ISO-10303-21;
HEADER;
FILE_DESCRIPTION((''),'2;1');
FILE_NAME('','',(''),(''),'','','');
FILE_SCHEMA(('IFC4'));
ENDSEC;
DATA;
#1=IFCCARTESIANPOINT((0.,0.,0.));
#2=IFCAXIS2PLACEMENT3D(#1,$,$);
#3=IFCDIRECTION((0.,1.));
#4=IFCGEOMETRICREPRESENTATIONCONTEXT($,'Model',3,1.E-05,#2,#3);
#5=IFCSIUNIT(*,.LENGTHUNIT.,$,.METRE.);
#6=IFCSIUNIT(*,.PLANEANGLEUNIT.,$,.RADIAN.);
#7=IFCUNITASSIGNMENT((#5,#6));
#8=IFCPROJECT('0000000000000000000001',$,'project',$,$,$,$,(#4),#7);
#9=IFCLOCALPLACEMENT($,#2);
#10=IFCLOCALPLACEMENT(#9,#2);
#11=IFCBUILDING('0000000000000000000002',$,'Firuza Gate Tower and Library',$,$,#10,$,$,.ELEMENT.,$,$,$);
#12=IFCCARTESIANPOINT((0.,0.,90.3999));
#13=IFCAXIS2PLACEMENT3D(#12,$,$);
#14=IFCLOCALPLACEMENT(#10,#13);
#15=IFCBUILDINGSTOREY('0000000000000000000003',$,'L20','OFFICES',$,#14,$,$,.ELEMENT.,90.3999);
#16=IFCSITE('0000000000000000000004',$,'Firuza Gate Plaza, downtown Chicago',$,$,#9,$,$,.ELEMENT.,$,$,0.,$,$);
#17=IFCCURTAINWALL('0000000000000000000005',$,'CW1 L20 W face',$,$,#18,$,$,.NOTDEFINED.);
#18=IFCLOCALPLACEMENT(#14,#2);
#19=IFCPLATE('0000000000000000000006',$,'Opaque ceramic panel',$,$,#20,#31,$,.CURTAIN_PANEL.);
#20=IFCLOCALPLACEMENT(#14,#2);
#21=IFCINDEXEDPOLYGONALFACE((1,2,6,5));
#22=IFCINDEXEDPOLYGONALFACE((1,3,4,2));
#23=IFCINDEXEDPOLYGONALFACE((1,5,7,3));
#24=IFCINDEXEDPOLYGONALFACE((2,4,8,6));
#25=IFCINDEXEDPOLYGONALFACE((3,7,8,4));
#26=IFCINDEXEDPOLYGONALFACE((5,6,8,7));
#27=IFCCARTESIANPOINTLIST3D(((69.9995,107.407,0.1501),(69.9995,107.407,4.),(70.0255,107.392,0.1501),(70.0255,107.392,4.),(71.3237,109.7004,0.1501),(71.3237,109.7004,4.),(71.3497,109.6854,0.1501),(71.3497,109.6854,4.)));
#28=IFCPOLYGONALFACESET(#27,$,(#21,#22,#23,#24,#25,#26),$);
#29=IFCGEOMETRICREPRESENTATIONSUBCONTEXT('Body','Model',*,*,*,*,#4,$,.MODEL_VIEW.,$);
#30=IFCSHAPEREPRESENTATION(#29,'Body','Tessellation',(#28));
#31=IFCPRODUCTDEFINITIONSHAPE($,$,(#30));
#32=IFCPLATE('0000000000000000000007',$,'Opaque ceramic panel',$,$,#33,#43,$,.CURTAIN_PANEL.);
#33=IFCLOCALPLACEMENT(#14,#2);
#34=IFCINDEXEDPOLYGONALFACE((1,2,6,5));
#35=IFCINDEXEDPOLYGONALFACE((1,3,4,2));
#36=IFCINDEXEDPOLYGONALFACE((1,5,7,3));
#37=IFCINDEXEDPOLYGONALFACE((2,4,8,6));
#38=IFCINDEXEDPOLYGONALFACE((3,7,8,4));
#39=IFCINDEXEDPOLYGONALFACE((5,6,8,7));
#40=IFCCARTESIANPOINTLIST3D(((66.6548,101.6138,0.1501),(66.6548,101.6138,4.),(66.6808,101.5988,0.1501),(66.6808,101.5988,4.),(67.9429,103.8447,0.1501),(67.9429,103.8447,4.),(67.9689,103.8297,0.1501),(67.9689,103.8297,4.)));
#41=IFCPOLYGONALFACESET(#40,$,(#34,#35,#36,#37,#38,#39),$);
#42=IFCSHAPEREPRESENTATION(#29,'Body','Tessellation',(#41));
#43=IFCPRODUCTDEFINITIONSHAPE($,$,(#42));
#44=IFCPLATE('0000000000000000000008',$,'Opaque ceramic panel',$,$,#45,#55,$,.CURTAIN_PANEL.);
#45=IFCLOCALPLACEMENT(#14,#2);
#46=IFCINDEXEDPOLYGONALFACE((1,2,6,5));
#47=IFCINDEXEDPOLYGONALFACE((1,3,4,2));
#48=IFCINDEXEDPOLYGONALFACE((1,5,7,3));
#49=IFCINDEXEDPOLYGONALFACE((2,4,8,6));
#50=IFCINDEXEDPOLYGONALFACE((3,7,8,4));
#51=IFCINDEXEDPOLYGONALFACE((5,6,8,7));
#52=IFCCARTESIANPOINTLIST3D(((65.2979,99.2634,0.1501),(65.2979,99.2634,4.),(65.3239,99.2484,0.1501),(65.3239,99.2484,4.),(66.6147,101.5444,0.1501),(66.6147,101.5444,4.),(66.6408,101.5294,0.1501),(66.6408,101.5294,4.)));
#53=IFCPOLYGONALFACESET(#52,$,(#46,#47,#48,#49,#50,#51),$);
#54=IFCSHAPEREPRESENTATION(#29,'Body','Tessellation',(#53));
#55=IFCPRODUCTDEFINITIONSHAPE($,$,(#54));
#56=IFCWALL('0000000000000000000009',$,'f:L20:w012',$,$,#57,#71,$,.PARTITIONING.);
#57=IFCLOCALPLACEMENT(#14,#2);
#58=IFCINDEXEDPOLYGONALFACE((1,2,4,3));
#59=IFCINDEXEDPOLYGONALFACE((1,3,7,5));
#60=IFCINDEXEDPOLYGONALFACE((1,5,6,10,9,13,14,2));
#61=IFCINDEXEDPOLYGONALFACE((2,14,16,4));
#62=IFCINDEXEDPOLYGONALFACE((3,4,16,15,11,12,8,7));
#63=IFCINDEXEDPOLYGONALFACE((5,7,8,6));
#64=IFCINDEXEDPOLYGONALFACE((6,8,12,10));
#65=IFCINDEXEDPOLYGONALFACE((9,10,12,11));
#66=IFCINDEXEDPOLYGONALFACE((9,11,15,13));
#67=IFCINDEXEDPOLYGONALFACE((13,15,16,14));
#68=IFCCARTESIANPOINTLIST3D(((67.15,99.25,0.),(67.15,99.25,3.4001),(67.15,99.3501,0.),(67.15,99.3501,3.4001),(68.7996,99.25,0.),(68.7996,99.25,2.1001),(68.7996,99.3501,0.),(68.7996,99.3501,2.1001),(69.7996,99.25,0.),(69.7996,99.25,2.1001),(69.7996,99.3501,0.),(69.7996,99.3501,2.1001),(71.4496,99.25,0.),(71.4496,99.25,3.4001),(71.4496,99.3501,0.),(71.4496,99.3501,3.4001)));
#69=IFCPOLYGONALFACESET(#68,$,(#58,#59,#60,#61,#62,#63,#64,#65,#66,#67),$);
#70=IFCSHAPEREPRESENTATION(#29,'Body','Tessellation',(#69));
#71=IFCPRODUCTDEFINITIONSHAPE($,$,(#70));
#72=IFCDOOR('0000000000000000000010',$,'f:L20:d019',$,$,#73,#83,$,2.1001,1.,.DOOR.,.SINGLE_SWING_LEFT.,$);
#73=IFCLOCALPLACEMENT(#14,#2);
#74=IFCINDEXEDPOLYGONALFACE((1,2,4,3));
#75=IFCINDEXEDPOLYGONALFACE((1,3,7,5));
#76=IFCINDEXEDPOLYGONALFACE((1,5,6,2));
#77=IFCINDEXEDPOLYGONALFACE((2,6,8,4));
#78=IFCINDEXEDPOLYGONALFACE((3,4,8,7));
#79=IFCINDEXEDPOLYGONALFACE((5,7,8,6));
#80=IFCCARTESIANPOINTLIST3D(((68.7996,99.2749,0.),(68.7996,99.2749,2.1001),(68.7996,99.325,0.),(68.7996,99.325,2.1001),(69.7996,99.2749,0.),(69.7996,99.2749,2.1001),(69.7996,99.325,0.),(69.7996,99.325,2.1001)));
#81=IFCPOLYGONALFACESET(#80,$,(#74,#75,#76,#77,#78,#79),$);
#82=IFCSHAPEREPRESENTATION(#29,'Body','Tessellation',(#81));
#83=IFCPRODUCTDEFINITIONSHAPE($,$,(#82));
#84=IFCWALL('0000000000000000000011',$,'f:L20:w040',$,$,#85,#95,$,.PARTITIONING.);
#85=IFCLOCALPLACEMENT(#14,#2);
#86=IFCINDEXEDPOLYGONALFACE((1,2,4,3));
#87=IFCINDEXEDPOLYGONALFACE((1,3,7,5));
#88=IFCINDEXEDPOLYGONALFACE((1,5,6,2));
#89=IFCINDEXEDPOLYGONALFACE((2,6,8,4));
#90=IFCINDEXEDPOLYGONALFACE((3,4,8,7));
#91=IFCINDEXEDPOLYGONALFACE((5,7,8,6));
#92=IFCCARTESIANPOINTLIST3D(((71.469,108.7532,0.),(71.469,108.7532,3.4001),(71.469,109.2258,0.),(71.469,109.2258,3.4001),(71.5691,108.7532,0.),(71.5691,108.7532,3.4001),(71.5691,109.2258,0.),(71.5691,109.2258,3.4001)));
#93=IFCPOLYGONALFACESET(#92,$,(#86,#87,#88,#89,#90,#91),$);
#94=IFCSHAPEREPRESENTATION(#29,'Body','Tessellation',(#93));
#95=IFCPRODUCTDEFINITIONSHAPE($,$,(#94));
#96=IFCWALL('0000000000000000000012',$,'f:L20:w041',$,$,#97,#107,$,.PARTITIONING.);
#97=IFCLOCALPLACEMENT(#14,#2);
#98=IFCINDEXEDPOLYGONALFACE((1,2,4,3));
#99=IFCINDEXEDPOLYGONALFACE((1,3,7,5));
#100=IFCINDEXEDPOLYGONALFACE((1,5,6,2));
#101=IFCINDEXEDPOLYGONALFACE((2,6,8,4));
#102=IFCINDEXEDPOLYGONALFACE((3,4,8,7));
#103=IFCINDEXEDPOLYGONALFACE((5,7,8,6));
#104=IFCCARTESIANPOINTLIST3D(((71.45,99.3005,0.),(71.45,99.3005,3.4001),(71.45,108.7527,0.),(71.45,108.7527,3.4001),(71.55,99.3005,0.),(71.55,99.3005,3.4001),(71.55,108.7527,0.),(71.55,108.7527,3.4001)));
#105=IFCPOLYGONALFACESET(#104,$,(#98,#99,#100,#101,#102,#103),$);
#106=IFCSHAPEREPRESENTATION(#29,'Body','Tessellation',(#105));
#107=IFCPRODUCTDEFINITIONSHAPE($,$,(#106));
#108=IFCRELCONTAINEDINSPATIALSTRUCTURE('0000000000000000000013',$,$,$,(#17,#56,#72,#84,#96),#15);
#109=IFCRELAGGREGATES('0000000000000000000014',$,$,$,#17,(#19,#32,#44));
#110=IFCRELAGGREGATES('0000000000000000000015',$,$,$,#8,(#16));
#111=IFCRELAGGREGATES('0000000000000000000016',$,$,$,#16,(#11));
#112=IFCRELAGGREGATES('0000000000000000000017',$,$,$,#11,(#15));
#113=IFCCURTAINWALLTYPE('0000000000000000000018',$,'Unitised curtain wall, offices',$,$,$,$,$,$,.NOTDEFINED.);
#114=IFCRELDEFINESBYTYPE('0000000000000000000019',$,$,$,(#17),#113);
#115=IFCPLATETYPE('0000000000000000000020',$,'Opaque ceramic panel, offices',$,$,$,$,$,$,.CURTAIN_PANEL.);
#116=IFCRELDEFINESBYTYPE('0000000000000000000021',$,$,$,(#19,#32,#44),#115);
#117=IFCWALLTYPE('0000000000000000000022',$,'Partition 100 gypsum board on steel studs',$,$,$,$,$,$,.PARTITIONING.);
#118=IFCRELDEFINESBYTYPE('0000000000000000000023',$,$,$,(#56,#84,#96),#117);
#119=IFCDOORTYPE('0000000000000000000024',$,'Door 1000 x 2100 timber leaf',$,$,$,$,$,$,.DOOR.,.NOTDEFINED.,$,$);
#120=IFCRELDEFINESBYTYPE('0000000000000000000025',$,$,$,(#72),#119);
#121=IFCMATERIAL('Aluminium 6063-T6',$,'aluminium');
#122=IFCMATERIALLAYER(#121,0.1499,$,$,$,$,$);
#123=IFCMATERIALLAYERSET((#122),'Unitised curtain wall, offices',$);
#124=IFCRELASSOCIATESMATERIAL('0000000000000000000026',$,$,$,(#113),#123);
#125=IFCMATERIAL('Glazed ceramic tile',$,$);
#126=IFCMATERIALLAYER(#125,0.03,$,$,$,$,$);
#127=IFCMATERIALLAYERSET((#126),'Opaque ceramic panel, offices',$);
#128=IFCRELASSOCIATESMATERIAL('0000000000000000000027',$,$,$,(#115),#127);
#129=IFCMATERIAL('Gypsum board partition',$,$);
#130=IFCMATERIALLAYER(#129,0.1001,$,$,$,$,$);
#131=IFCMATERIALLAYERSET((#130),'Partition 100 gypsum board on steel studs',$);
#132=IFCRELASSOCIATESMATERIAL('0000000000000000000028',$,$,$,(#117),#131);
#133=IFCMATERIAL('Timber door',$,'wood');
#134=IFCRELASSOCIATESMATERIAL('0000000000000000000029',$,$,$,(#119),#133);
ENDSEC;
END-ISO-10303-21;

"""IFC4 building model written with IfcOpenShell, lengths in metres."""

from ifc_helpers import new_model, si_unit, direction, frame, frame_2d, origin, place, context, subcontext, project, spatial, polyline, rectangle, outline, extrude, material, layer, layer_set, type_object, element, fill, aggregate, save


model = new_model("IFC4")

# Units and contexts
model_context = context("Model", 3, precision=1e-05, world=origin(), true_north=direction((0.0, 1.0)))
body_context = subcontext(model_context, "Body", "Model", "MODEL_VIEW")
ifc_project = project(units=[si_unit("LENGTHUNIT", "METRE"), si_unit("PLANEANGLEUNIT", "RADIAN")], contexts=[model_context])

# Site, building, storey
site_placement = place(None, origin())
site = spatial("IfcSite", under=ifc_project, at=site_placement, Name="Firuza Gate Plaza, downtown Chicago", CompositionType="ELEMENT", RefElevation=0.0)
building_placement = place(site_placement, origin())
building = spatial("IfcBuilding", under=site, at=building_placement, Name="Firuza Gate Tower and Library", CompositionType="ELEMENT")
storey_placement = place(building_placement, frame((0.0, 0.0, 90.3999)))
storey = spatial("IfcBuildingStorey", under=building, at=storey_placement, Name="L20", Description="OFFICES", CompositionType="ELEMENT", Elevation=90.3999)

# Curtain wall
ifc_material_1 = material(Name="Aluminium 6063-T6", Category="aluminium")
ifc_layer_1 = layer(ifc_material_1, 0.1499)
ifc_layer_set_1 = layer_set([ifc_layer_1], Name="Unitised curtain wall, offices")
curtain_wall_type_1 = type_object("IfcCurtainWallType", Name="Unitised curtain wall, offices", PredefinedType="NOTDEFINED", material=ifc_layer_set_1)
placement = place(storey_placement, origin())
curtain_wall_1 = element("IfcCurtainWall", 1, at=placement, inside=storey, type_object=curtain_wall_type_1, Name="CW1 L20 W face", PredefinedType="NOTDEFINED")

# Plates
ifc_material_2 = material(Name="Glazed ceramic tile")
ifc_layer_2 = layer(ifc_material_2, 0.03)
ifc_layer_set_2 = layer_set([ifc_layer_2], Name="Opaque ceramic panel, offices")
plate_type_1 = type_object("IfcPlateType", Name="Opaque ceramic panel, offices", PredefinedType="CURTAIN_PANEL", material=ifc_layer_set_2)
plate_1_placement = place(storey_placement, frame((71.3237, 109.7004, 0.1501), z_axis=(-0.866011, 0.500026, 0.0), x_axis=(-0.500026, -0.866011, 0.0)))
plate_1 = element("IfcPlate", 2, at=plate_1_placement, type_object=plate_type_1, Name="Opaque ceramic panel", PredefinedType="CURTAIN_PANEL", context=body_context, shape_type="SweptSolid", body=[
    extrude(outline(polyline([(0.0, 0.0), (2.6483, 0.0), (2.6483, 3.8499), (0.0, 3.8499), (0.0, 0.0)])), origin(), (0.0, 0.0, -1.0), 0.03),
])
plate_2_placement = place(storey_placement, frame((67.9429, 103.8447, 0.1501), z_axis=(-0.866018, 0.500012, 0.0), x_axis=(-0.500012, -0.866018, 0.0)))
plate_2 = element("IfcPlate", 3, at=plate_2_placement, type_object=plate_type_1, Name="Opaque ceramic panel", PredefinedType="CURTAIN_PANEL", context=body_context, shape_type="SweptSolid", body=[
    extrude(outline(polyline([(0.0, 0.0), (2.5761, 0.0), (2.5761, 3.8499), (0.0, 3.8499), (0.0, 0.0)])), origin(), (0.0, 0.0, -1.0), 0.03),
])
plate_3_placement = place(storey_placement, frame((66.6147, 101.5444, 0.1501), z_axis=(-0.866033, 0.499987, 0.0), x_axis=(-0.499987, -0.866033, 0.0)))
plate_3 = element("IfcPlate", 4, at=plate_3_placement, type_object=plate_type_1, Name="Opaque ceramic panel", PredefinedType="CURTAIN_PANEL", context=body_context, shape_type="SweptSolid", body=[
    extrude(outline(polyline([(0.0, 0.0), (2.6339, 0.0), (2.6339, 3.8499), (0.0, 3.8499), (0.0, 0.0)])), origin(), (0.0, 0.0, -1.0), 0.03),
])
aggregate(curtain_wall_1, [plate_1, plate_2, plate_3])

# Wall, opening, door
ifc_material_3 = material(Name="Gypsum board partition")
ifc_layer_3 = layer(ifc_material_3, 0.1001)
ifc_layer_set_3 = layer_set([ifc_layer_3], Name="Partition 100 gypsum board on steel studs")
wall_type = type_object("IfcWallType", Name="Partition 100 gypsum board on steel studs", PredefinedType="PARTITIONING", material=ifc_layer_set_3)
wall_1_placement = place(storey_placement, frame((67.1499, 99.3, 0.0), z_axis=(0.0, 0.0, 1.0), x_axis=(1.0, 0.0, 0.0)))
wall_1 = element("IfcWall", 5, at=wall_1_placement, inside=storey, type_object=wall_type, Name="f:L20:w012", PredefinedType="PARTITIONING", context=body_context, shape_type="SweptSolid", body=[
    extrude(rectangle(XDim=4.2996, YDim=0.1001, at=frame_2d((2.1499, 0.0))), origin(), (0.0, 0.0, 1.0), 3.4001),
])
opening_placement = place(wall_1_placement, frame((1.6497, 0.0, 0.0)))
opening = element("IfcOpeningElement", 6, at=opening_placement, cuts=wall_1, PredefinedType="OPENING", context=body_context, shape_type="SweptSolid", body=[
    extrude(rectangle(XDim=1.0, YDim=2.1001, at=frame_2d((0.5, 1.05))), frame((0.0, 0.0601, 0.0), z_axis=(0.0, -1.0, 0.0), x_axis=(1.0, 0.0, 0.0)), (0.0, 0.0, 1.0), 0.1201),
])
ifc_material_4 = material(Name="Timber door", Category="wood")
door_type = type_object("IfcDoorType", Name="Door 1000 x 2100 timber leaf", OperationType="NOTDEFINED", PredefinedType="DOOR", material=ifc_material_4)
door_placement = place(opening_placement, origin())
door = element("IfcDoor", 7, at=door_placement, inside=storey, type_object=door_type, Name="f:L20:d019", OperationType="SINGLE_SWING_LEFT", OverallHeight=2.1001, OverallWidth=1.0, PredefinedType="DOOR", context=body_context, shape_type="SweptSolid", body=[
    extrude(rectangle(XDim=1.0, YDim=2.1001, at=frame_2d((0.5, 1.05))), frame((0.0, 0.0249, 0.0), z_axis=(0.0, -1.0, 0.0), x_axis=(1.0, 0.0, 0.0)), (0.0, 0.0, 1.0), 0.05),
])
fill(opening, door)

# Walls
wall_2_placement = place(storey_placement, frame((71.519, 108.7532, 0.0), z_axis=(0.0, 0.0, 1.0), x_axis=(0.0, 1.0, 0.0)))
element("IfcWall", 8, at=wall_2_placement, inside=storey, type_object=wall_type, Name="f:L20:w040", PredefinedType="PARTITIONING", context=body_context, shape_type="SweptSolid", body=[
    extrude(rectangle(XDim=0.4727, YDim=0.1001, at=frame_2d((0.2363, 0.0))), origin(), (0.0, 0.0, 1.0), 3.4001),
])
wall_3_placement = place(storey_placement, frame((71.5, 99.3005, 0.0), z_axis=(0.0, 0.0, 1.0), x_axis=(0.0, 1.0, 0.0)))
element("IfcWall", 9, at=wall_3_placement, inside=storey, type_object=wall_type, Name="f:L20:w041", PredefinedType="PARTITIONING", context=body_context, shape_type="SweptSolid", body=[
    extrude(rectangle(XDim=9.4521, YDim=0.1001, at=frame_2d((4.7261, 0.0))), origin(), (0.0, 0.0, 1.0), 3.4001),
])

save(model, "model.ifc")
